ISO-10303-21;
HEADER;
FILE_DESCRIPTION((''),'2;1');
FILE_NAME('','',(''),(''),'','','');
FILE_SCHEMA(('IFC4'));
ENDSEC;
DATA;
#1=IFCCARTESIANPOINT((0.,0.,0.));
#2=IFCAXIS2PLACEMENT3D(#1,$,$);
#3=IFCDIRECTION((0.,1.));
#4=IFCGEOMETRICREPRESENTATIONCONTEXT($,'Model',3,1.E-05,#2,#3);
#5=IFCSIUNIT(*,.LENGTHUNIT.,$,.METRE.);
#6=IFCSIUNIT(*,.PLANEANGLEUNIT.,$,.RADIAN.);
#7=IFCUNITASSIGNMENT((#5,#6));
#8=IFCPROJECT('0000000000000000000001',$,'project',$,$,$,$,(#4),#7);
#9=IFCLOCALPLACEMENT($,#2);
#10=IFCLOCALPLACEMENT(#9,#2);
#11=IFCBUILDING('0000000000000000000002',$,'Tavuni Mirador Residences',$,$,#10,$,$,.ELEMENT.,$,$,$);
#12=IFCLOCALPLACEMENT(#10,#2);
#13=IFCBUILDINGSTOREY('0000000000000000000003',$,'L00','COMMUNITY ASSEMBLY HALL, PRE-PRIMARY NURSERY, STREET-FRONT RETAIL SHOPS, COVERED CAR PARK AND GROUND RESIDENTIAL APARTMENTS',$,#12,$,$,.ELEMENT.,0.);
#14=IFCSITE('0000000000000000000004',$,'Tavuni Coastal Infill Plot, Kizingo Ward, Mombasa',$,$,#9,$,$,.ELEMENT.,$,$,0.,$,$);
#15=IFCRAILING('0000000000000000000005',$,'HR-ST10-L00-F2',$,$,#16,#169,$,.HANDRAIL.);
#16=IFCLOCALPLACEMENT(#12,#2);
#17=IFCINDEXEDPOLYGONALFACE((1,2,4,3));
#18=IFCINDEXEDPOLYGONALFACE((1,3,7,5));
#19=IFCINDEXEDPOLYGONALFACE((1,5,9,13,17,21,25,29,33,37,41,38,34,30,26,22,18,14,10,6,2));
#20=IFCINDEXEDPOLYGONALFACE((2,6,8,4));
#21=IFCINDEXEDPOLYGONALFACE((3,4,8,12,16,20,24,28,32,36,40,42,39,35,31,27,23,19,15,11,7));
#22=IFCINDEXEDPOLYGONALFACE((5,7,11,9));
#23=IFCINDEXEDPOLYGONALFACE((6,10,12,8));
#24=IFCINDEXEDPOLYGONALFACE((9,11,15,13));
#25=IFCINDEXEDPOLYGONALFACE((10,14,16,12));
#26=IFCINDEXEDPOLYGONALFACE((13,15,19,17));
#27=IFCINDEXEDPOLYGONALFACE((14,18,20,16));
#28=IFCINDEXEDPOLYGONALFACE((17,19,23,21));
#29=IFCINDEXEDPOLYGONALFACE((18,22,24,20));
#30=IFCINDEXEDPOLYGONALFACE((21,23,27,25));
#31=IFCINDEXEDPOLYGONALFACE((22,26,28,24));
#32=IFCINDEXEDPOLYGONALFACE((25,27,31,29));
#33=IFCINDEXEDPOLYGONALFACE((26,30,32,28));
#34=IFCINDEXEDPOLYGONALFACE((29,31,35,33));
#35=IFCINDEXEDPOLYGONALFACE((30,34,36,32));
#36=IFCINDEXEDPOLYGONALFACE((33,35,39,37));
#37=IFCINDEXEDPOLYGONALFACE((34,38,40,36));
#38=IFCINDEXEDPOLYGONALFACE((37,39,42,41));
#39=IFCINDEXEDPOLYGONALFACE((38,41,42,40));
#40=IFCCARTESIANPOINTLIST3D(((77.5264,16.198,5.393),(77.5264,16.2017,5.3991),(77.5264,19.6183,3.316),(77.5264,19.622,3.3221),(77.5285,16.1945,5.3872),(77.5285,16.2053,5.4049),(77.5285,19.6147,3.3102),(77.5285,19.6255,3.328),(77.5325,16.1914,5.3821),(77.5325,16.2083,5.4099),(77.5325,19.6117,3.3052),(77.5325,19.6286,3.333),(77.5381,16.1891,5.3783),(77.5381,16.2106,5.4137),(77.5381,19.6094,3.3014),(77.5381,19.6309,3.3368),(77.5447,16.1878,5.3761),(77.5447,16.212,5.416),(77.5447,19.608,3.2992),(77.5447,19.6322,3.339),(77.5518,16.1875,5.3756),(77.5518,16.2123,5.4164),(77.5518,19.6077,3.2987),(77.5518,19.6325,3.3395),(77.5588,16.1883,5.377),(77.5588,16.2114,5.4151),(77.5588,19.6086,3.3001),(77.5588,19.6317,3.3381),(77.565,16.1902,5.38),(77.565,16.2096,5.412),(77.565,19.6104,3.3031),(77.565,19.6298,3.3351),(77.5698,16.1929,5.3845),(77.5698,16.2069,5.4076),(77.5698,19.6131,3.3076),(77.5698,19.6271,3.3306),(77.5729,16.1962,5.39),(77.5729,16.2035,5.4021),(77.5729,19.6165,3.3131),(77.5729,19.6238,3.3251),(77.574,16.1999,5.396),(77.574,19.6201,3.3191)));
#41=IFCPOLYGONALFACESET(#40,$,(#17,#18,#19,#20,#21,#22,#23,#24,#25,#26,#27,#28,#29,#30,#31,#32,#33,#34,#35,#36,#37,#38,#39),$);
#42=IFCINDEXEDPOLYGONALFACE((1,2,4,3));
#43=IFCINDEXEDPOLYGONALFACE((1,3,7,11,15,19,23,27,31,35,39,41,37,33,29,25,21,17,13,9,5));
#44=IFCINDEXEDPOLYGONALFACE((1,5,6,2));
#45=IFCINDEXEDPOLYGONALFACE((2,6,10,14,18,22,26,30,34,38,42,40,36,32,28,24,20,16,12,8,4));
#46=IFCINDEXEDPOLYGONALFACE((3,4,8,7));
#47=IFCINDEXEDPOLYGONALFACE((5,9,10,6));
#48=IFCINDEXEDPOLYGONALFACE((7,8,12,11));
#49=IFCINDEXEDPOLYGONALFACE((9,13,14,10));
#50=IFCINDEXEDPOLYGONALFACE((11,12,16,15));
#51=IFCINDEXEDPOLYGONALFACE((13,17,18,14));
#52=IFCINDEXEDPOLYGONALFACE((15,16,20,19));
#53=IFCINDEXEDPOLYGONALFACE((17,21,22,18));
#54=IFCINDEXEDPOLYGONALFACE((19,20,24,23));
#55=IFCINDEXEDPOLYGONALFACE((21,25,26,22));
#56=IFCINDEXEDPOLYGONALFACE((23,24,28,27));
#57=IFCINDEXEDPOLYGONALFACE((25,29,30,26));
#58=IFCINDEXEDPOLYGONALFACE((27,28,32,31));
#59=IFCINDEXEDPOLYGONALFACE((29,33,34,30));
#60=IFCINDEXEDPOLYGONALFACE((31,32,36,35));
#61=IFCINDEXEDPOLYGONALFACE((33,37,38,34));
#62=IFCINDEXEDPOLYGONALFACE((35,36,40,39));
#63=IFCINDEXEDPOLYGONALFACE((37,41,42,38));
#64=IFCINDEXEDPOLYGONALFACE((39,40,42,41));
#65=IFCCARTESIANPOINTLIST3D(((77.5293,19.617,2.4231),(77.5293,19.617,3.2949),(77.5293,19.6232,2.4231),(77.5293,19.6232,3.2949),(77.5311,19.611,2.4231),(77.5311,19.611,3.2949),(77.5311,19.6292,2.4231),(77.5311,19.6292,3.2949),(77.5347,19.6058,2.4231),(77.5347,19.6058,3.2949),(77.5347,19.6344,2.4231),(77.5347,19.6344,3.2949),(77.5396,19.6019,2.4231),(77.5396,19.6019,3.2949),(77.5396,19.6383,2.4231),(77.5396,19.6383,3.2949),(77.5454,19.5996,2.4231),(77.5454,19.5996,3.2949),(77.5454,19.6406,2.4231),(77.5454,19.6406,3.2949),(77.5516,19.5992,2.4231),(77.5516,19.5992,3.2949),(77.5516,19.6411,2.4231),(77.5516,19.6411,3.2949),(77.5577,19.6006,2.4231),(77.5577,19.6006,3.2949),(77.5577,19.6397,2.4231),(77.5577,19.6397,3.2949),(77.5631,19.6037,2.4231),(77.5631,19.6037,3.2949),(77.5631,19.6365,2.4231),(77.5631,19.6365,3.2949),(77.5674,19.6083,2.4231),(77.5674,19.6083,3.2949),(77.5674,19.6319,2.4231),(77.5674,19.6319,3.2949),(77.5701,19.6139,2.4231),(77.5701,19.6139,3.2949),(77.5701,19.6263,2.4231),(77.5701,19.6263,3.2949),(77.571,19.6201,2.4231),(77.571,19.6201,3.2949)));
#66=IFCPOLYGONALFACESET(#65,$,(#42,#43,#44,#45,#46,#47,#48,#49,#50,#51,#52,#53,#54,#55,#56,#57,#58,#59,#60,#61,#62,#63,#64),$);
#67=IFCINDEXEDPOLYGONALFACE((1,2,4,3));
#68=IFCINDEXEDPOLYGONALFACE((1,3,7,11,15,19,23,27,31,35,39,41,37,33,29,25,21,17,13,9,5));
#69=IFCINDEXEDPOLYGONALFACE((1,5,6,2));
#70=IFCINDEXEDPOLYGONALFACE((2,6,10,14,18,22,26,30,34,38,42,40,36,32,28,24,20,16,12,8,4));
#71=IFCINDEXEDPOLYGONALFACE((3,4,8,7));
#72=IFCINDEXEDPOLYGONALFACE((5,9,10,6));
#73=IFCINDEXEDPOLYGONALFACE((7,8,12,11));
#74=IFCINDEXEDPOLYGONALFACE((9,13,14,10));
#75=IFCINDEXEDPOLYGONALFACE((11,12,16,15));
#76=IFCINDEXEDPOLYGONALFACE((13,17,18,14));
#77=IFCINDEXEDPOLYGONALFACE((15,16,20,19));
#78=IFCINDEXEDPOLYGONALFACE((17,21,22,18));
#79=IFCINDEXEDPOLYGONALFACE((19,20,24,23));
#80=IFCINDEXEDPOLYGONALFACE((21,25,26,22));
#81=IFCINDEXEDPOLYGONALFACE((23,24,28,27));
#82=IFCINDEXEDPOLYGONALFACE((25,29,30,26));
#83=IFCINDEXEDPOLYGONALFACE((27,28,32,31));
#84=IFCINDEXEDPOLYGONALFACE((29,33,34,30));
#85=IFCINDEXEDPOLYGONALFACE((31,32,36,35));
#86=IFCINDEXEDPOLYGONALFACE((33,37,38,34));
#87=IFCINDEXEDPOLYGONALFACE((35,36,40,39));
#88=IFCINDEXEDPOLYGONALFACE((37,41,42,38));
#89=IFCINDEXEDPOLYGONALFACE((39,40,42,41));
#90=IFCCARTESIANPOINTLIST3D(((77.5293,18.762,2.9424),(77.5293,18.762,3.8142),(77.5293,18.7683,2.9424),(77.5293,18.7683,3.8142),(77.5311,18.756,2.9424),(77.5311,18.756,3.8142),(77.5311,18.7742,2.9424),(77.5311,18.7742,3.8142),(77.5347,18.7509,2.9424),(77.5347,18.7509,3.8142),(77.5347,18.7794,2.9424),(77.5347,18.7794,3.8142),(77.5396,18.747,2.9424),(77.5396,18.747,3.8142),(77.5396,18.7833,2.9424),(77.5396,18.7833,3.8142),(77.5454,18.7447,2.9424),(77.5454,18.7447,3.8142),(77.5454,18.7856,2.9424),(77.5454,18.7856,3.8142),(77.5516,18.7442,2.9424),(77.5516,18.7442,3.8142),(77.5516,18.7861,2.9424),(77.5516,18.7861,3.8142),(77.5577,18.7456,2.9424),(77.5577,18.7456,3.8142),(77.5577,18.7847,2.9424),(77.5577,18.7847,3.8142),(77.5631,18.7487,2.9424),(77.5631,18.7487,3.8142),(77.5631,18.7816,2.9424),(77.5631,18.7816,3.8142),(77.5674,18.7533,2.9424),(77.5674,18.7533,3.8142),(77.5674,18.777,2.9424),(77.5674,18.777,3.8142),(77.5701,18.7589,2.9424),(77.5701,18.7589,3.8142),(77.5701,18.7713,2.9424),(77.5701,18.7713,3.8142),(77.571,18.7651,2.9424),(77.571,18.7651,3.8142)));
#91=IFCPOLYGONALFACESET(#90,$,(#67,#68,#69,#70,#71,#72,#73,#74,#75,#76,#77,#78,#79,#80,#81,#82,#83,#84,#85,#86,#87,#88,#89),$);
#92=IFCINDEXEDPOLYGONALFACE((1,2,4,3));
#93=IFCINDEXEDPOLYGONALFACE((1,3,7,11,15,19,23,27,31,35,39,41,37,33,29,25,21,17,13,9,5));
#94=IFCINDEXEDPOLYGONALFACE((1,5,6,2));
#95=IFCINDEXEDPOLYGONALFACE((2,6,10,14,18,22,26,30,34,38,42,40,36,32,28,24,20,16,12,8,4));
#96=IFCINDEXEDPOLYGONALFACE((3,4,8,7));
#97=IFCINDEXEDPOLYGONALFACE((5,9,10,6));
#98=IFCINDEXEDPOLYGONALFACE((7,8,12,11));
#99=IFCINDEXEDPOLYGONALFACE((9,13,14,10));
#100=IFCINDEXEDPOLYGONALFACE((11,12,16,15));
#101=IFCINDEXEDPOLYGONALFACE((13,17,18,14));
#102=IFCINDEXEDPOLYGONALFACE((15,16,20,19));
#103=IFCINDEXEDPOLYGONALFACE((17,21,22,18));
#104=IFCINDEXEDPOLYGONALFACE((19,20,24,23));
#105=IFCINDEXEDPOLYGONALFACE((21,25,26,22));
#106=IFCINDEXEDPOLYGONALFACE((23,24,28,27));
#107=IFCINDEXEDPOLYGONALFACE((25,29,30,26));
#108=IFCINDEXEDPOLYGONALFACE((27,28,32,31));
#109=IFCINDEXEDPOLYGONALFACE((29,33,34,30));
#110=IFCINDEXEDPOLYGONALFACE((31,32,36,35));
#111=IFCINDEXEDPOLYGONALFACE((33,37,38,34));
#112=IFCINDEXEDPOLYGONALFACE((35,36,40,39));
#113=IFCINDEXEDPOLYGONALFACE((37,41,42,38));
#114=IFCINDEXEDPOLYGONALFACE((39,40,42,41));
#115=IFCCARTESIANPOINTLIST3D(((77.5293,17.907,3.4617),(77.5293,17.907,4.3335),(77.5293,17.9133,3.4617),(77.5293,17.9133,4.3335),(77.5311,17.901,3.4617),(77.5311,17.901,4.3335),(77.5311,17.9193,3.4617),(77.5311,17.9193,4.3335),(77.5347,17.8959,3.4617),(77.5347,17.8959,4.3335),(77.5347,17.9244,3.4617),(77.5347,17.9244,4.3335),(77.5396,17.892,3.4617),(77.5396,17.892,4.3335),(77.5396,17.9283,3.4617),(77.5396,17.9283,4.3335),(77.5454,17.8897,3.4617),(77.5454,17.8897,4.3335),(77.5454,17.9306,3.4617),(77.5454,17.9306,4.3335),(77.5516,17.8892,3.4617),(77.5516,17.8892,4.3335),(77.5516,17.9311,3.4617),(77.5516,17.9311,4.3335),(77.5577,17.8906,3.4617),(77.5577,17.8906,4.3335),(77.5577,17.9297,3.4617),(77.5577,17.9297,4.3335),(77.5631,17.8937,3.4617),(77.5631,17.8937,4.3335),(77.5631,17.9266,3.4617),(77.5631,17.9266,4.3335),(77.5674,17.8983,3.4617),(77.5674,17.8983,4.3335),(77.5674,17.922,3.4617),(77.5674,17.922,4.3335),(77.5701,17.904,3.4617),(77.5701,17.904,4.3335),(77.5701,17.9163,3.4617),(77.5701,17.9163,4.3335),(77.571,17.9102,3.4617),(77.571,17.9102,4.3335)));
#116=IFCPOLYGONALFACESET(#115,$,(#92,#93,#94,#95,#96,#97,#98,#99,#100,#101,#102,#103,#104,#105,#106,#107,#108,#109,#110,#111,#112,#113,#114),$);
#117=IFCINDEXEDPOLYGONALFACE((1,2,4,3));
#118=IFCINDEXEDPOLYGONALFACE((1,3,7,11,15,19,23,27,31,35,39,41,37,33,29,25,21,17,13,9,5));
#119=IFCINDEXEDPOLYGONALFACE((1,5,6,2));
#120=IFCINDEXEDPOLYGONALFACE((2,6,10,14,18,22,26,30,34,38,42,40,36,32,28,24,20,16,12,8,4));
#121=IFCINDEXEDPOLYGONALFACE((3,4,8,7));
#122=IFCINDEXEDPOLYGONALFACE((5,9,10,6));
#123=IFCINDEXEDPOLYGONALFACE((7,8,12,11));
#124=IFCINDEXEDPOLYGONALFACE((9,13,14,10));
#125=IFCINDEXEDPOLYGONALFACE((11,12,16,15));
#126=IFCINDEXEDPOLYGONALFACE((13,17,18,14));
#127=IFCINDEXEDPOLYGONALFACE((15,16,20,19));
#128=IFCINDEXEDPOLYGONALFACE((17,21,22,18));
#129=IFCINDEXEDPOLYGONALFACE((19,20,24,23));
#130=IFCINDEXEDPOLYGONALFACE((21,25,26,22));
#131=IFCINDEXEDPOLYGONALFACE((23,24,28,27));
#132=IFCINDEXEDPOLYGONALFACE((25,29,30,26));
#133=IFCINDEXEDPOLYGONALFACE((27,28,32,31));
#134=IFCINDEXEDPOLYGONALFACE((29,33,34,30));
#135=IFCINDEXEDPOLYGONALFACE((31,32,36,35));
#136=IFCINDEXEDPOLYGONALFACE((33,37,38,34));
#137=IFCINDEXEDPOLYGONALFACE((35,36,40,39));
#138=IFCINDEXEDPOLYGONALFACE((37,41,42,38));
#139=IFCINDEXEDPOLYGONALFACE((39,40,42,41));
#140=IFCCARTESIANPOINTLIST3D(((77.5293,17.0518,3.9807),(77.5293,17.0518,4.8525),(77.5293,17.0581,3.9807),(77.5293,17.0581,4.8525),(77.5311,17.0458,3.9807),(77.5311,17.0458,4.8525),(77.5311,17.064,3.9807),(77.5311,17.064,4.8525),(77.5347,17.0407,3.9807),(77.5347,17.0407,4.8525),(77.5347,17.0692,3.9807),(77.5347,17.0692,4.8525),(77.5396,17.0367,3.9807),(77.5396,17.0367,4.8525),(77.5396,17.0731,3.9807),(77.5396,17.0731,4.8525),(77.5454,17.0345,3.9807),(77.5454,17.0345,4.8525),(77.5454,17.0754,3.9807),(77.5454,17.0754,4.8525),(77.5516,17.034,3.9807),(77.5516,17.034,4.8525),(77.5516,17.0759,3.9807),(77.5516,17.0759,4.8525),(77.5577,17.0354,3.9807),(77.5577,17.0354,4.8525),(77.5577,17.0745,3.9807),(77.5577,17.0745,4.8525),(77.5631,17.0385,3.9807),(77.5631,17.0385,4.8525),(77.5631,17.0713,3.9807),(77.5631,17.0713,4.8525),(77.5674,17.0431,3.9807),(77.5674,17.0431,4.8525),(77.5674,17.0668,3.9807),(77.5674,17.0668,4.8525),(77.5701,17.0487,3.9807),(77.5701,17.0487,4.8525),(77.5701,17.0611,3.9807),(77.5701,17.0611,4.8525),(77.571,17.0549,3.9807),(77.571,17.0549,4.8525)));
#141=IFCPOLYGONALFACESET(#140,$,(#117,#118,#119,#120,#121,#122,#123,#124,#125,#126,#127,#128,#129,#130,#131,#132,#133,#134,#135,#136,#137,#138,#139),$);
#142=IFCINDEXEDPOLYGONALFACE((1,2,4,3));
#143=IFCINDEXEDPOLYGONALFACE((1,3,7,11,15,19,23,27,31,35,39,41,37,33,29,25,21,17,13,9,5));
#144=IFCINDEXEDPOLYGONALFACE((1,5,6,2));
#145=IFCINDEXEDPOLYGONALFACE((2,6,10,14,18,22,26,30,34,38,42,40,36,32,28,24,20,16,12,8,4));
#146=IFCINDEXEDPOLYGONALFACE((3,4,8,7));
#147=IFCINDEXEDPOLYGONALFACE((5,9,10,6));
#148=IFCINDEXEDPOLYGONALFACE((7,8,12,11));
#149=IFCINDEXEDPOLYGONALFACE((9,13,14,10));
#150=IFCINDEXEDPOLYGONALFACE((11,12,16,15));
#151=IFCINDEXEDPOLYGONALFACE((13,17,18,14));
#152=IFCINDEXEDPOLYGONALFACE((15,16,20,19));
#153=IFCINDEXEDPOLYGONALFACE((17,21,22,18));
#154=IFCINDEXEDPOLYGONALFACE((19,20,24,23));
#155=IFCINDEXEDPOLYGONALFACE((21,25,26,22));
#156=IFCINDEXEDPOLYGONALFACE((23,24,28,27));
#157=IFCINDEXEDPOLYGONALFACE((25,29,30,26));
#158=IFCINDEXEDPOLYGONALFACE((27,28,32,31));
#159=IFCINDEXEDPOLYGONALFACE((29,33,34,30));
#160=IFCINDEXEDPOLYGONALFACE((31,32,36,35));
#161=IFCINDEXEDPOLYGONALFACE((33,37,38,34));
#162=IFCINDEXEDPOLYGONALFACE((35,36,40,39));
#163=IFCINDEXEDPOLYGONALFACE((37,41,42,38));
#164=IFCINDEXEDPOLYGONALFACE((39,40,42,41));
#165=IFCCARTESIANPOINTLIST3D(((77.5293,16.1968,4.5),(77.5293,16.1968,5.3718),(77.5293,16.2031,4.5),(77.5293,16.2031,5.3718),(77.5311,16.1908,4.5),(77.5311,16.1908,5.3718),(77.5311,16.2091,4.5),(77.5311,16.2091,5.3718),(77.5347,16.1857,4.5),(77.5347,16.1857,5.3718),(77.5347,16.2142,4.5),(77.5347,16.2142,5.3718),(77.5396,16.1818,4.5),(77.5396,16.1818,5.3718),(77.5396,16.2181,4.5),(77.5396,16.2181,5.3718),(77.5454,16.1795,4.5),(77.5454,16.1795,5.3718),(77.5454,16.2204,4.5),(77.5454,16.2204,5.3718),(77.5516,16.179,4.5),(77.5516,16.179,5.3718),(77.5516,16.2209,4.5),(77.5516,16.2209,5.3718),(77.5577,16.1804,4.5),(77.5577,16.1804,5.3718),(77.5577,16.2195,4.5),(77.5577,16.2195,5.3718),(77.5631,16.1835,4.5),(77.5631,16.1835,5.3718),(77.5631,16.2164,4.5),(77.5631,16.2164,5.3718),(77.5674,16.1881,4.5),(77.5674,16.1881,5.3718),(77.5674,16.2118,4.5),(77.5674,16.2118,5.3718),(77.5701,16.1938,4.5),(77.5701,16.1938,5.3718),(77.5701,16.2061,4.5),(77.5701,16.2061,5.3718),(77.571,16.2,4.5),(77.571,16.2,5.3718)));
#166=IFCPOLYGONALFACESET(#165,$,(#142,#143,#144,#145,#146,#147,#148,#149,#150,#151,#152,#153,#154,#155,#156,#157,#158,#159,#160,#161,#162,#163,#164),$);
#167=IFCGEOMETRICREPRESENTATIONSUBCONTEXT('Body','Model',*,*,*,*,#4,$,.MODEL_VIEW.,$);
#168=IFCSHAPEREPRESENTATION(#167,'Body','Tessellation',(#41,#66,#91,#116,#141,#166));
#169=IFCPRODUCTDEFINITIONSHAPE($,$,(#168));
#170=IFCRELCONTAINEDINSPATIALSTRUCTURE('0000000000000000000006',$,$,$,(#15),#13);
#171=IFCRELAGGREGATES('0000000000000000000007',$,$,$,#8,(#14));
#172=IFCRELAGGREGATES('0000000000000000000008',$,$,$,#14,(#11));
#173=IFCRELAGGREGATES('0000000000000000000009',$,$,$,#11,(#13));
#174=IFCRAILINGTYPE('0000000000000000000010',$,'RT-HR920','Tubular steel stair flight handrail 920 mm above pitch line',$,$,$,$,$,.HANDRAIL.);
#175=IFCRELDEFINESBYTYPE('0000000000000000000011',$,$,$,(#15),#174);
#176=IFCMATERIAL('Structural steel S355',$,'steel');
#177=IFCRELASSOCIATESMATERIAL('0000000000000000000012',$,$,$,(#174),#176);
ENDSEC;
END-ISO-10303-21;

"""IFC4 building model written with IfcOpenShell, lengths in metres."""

from ifc_helpers import new_model, si_unit, direction, frame, origin, origin_2d, place, context, subcontext, project, spatial, circle, extrude, material, type_object, element, save


model = new_model("IFC4")

# Units and contexts
model_context = context("Model", 3, precision=1e-05, world=origin(), true_north=direction((0.0, 1.0)))
body_context = subcontext(model_context, "Body", "Model", "MODEL_VIEW")
ifc_project = project(units=[si_unit("LENGTHUNIT", "METRE"), si_unit("PLANEANGLEUNIT", "RADIAN")], contexts=[model_context])

# Site, building, storey
site_placement = place(None, origin())
site = spatial("IfcSite", under=ifc_project, at=site_placement, Name="Tavuni Coastal Infill Plot, Kizingo Ward, Mombasa", CompositionType="ELEMENT", RefElevation=0.0)
building_placement = place(site_placement, origin())
building = spatial("IfcBuilding", under=site, at=building_placement, Name="Tavuni Mirador Residences", CompositionType="ELEMENT")
storey_placement = place(building_placement, origin())
storey = spatial("IfcBuildingStorey", under=building, at=storey_placement, Name="L00", Description="COMMUNITY ASSEMBLY HALL, PRE-PRIMARY NURSERY, STREET-FRONT RETAIL SHOPS, COVERED CAR PARK AND GROUND RESIDENTIAL APARTMENTS", CompositionType="ELEMENT", Elevation=0.0)

# Shared definitions
ifc_material_1 = material(Name="Structural steel S355", Category="steel")

# Railing
railing_type_1 = type_object("IfcRailingType", Name="RT-HR920", Description="Tubular steel stair flight handrail 920 mm above pitch line", PredefinedType="HANDRAIL", material=ifc_material_1)
railing_1_placement = place(storey_placement, frame((77.55, 19.6201, 2.4231)))
element("IfcRailing", 1, at=railing_1_placement, inside=storey, type_object=railing_type_1, Name="HR-ST10-L00-F2", PredefinedType="HANDRAIL", context=body_context, shape_type="SweptSolid", body=[
    extrude(circle(Radius=0.0239, at=origin_2d()), frame((0.0, 0.0, 0.896), z_axis=(0.0, -0.854746, 0.519047), x_axis=(1.0, 0.0, 0.0)), (0.0, 0.0, 1.0), 4.0015),
    extrude(circle(Radius=0.021, at=origin_2d()), origin(), (0.0, 0.0, 1.0), 0.8718),
    extrude(circle(Radius=0.021, at=origin_2d()), frame((0.0, -0.855, 0.5193)), (0.0, 0.0, 1.0), 0.8718),
    extrude(circle(Radius=0.021, at=origin_2d()), frame((0.0, -1.71, 1.0386)), (0.0, 0.0, 1.0), 0.8718),
    extrude(circle(Radius=0.021, at=origin_2d()), frame((0.0, -2.5652, 1.5576)), (0.0, 0.0, 1.0), 0.8718),
    extrude(circle(Radius=0.021, at=origin_2d()), frame((0.0, -3.4202, 2.0769)), (0.0, 0.0, 1.0), 0.8718),
])

save(model, "model.ifc")
